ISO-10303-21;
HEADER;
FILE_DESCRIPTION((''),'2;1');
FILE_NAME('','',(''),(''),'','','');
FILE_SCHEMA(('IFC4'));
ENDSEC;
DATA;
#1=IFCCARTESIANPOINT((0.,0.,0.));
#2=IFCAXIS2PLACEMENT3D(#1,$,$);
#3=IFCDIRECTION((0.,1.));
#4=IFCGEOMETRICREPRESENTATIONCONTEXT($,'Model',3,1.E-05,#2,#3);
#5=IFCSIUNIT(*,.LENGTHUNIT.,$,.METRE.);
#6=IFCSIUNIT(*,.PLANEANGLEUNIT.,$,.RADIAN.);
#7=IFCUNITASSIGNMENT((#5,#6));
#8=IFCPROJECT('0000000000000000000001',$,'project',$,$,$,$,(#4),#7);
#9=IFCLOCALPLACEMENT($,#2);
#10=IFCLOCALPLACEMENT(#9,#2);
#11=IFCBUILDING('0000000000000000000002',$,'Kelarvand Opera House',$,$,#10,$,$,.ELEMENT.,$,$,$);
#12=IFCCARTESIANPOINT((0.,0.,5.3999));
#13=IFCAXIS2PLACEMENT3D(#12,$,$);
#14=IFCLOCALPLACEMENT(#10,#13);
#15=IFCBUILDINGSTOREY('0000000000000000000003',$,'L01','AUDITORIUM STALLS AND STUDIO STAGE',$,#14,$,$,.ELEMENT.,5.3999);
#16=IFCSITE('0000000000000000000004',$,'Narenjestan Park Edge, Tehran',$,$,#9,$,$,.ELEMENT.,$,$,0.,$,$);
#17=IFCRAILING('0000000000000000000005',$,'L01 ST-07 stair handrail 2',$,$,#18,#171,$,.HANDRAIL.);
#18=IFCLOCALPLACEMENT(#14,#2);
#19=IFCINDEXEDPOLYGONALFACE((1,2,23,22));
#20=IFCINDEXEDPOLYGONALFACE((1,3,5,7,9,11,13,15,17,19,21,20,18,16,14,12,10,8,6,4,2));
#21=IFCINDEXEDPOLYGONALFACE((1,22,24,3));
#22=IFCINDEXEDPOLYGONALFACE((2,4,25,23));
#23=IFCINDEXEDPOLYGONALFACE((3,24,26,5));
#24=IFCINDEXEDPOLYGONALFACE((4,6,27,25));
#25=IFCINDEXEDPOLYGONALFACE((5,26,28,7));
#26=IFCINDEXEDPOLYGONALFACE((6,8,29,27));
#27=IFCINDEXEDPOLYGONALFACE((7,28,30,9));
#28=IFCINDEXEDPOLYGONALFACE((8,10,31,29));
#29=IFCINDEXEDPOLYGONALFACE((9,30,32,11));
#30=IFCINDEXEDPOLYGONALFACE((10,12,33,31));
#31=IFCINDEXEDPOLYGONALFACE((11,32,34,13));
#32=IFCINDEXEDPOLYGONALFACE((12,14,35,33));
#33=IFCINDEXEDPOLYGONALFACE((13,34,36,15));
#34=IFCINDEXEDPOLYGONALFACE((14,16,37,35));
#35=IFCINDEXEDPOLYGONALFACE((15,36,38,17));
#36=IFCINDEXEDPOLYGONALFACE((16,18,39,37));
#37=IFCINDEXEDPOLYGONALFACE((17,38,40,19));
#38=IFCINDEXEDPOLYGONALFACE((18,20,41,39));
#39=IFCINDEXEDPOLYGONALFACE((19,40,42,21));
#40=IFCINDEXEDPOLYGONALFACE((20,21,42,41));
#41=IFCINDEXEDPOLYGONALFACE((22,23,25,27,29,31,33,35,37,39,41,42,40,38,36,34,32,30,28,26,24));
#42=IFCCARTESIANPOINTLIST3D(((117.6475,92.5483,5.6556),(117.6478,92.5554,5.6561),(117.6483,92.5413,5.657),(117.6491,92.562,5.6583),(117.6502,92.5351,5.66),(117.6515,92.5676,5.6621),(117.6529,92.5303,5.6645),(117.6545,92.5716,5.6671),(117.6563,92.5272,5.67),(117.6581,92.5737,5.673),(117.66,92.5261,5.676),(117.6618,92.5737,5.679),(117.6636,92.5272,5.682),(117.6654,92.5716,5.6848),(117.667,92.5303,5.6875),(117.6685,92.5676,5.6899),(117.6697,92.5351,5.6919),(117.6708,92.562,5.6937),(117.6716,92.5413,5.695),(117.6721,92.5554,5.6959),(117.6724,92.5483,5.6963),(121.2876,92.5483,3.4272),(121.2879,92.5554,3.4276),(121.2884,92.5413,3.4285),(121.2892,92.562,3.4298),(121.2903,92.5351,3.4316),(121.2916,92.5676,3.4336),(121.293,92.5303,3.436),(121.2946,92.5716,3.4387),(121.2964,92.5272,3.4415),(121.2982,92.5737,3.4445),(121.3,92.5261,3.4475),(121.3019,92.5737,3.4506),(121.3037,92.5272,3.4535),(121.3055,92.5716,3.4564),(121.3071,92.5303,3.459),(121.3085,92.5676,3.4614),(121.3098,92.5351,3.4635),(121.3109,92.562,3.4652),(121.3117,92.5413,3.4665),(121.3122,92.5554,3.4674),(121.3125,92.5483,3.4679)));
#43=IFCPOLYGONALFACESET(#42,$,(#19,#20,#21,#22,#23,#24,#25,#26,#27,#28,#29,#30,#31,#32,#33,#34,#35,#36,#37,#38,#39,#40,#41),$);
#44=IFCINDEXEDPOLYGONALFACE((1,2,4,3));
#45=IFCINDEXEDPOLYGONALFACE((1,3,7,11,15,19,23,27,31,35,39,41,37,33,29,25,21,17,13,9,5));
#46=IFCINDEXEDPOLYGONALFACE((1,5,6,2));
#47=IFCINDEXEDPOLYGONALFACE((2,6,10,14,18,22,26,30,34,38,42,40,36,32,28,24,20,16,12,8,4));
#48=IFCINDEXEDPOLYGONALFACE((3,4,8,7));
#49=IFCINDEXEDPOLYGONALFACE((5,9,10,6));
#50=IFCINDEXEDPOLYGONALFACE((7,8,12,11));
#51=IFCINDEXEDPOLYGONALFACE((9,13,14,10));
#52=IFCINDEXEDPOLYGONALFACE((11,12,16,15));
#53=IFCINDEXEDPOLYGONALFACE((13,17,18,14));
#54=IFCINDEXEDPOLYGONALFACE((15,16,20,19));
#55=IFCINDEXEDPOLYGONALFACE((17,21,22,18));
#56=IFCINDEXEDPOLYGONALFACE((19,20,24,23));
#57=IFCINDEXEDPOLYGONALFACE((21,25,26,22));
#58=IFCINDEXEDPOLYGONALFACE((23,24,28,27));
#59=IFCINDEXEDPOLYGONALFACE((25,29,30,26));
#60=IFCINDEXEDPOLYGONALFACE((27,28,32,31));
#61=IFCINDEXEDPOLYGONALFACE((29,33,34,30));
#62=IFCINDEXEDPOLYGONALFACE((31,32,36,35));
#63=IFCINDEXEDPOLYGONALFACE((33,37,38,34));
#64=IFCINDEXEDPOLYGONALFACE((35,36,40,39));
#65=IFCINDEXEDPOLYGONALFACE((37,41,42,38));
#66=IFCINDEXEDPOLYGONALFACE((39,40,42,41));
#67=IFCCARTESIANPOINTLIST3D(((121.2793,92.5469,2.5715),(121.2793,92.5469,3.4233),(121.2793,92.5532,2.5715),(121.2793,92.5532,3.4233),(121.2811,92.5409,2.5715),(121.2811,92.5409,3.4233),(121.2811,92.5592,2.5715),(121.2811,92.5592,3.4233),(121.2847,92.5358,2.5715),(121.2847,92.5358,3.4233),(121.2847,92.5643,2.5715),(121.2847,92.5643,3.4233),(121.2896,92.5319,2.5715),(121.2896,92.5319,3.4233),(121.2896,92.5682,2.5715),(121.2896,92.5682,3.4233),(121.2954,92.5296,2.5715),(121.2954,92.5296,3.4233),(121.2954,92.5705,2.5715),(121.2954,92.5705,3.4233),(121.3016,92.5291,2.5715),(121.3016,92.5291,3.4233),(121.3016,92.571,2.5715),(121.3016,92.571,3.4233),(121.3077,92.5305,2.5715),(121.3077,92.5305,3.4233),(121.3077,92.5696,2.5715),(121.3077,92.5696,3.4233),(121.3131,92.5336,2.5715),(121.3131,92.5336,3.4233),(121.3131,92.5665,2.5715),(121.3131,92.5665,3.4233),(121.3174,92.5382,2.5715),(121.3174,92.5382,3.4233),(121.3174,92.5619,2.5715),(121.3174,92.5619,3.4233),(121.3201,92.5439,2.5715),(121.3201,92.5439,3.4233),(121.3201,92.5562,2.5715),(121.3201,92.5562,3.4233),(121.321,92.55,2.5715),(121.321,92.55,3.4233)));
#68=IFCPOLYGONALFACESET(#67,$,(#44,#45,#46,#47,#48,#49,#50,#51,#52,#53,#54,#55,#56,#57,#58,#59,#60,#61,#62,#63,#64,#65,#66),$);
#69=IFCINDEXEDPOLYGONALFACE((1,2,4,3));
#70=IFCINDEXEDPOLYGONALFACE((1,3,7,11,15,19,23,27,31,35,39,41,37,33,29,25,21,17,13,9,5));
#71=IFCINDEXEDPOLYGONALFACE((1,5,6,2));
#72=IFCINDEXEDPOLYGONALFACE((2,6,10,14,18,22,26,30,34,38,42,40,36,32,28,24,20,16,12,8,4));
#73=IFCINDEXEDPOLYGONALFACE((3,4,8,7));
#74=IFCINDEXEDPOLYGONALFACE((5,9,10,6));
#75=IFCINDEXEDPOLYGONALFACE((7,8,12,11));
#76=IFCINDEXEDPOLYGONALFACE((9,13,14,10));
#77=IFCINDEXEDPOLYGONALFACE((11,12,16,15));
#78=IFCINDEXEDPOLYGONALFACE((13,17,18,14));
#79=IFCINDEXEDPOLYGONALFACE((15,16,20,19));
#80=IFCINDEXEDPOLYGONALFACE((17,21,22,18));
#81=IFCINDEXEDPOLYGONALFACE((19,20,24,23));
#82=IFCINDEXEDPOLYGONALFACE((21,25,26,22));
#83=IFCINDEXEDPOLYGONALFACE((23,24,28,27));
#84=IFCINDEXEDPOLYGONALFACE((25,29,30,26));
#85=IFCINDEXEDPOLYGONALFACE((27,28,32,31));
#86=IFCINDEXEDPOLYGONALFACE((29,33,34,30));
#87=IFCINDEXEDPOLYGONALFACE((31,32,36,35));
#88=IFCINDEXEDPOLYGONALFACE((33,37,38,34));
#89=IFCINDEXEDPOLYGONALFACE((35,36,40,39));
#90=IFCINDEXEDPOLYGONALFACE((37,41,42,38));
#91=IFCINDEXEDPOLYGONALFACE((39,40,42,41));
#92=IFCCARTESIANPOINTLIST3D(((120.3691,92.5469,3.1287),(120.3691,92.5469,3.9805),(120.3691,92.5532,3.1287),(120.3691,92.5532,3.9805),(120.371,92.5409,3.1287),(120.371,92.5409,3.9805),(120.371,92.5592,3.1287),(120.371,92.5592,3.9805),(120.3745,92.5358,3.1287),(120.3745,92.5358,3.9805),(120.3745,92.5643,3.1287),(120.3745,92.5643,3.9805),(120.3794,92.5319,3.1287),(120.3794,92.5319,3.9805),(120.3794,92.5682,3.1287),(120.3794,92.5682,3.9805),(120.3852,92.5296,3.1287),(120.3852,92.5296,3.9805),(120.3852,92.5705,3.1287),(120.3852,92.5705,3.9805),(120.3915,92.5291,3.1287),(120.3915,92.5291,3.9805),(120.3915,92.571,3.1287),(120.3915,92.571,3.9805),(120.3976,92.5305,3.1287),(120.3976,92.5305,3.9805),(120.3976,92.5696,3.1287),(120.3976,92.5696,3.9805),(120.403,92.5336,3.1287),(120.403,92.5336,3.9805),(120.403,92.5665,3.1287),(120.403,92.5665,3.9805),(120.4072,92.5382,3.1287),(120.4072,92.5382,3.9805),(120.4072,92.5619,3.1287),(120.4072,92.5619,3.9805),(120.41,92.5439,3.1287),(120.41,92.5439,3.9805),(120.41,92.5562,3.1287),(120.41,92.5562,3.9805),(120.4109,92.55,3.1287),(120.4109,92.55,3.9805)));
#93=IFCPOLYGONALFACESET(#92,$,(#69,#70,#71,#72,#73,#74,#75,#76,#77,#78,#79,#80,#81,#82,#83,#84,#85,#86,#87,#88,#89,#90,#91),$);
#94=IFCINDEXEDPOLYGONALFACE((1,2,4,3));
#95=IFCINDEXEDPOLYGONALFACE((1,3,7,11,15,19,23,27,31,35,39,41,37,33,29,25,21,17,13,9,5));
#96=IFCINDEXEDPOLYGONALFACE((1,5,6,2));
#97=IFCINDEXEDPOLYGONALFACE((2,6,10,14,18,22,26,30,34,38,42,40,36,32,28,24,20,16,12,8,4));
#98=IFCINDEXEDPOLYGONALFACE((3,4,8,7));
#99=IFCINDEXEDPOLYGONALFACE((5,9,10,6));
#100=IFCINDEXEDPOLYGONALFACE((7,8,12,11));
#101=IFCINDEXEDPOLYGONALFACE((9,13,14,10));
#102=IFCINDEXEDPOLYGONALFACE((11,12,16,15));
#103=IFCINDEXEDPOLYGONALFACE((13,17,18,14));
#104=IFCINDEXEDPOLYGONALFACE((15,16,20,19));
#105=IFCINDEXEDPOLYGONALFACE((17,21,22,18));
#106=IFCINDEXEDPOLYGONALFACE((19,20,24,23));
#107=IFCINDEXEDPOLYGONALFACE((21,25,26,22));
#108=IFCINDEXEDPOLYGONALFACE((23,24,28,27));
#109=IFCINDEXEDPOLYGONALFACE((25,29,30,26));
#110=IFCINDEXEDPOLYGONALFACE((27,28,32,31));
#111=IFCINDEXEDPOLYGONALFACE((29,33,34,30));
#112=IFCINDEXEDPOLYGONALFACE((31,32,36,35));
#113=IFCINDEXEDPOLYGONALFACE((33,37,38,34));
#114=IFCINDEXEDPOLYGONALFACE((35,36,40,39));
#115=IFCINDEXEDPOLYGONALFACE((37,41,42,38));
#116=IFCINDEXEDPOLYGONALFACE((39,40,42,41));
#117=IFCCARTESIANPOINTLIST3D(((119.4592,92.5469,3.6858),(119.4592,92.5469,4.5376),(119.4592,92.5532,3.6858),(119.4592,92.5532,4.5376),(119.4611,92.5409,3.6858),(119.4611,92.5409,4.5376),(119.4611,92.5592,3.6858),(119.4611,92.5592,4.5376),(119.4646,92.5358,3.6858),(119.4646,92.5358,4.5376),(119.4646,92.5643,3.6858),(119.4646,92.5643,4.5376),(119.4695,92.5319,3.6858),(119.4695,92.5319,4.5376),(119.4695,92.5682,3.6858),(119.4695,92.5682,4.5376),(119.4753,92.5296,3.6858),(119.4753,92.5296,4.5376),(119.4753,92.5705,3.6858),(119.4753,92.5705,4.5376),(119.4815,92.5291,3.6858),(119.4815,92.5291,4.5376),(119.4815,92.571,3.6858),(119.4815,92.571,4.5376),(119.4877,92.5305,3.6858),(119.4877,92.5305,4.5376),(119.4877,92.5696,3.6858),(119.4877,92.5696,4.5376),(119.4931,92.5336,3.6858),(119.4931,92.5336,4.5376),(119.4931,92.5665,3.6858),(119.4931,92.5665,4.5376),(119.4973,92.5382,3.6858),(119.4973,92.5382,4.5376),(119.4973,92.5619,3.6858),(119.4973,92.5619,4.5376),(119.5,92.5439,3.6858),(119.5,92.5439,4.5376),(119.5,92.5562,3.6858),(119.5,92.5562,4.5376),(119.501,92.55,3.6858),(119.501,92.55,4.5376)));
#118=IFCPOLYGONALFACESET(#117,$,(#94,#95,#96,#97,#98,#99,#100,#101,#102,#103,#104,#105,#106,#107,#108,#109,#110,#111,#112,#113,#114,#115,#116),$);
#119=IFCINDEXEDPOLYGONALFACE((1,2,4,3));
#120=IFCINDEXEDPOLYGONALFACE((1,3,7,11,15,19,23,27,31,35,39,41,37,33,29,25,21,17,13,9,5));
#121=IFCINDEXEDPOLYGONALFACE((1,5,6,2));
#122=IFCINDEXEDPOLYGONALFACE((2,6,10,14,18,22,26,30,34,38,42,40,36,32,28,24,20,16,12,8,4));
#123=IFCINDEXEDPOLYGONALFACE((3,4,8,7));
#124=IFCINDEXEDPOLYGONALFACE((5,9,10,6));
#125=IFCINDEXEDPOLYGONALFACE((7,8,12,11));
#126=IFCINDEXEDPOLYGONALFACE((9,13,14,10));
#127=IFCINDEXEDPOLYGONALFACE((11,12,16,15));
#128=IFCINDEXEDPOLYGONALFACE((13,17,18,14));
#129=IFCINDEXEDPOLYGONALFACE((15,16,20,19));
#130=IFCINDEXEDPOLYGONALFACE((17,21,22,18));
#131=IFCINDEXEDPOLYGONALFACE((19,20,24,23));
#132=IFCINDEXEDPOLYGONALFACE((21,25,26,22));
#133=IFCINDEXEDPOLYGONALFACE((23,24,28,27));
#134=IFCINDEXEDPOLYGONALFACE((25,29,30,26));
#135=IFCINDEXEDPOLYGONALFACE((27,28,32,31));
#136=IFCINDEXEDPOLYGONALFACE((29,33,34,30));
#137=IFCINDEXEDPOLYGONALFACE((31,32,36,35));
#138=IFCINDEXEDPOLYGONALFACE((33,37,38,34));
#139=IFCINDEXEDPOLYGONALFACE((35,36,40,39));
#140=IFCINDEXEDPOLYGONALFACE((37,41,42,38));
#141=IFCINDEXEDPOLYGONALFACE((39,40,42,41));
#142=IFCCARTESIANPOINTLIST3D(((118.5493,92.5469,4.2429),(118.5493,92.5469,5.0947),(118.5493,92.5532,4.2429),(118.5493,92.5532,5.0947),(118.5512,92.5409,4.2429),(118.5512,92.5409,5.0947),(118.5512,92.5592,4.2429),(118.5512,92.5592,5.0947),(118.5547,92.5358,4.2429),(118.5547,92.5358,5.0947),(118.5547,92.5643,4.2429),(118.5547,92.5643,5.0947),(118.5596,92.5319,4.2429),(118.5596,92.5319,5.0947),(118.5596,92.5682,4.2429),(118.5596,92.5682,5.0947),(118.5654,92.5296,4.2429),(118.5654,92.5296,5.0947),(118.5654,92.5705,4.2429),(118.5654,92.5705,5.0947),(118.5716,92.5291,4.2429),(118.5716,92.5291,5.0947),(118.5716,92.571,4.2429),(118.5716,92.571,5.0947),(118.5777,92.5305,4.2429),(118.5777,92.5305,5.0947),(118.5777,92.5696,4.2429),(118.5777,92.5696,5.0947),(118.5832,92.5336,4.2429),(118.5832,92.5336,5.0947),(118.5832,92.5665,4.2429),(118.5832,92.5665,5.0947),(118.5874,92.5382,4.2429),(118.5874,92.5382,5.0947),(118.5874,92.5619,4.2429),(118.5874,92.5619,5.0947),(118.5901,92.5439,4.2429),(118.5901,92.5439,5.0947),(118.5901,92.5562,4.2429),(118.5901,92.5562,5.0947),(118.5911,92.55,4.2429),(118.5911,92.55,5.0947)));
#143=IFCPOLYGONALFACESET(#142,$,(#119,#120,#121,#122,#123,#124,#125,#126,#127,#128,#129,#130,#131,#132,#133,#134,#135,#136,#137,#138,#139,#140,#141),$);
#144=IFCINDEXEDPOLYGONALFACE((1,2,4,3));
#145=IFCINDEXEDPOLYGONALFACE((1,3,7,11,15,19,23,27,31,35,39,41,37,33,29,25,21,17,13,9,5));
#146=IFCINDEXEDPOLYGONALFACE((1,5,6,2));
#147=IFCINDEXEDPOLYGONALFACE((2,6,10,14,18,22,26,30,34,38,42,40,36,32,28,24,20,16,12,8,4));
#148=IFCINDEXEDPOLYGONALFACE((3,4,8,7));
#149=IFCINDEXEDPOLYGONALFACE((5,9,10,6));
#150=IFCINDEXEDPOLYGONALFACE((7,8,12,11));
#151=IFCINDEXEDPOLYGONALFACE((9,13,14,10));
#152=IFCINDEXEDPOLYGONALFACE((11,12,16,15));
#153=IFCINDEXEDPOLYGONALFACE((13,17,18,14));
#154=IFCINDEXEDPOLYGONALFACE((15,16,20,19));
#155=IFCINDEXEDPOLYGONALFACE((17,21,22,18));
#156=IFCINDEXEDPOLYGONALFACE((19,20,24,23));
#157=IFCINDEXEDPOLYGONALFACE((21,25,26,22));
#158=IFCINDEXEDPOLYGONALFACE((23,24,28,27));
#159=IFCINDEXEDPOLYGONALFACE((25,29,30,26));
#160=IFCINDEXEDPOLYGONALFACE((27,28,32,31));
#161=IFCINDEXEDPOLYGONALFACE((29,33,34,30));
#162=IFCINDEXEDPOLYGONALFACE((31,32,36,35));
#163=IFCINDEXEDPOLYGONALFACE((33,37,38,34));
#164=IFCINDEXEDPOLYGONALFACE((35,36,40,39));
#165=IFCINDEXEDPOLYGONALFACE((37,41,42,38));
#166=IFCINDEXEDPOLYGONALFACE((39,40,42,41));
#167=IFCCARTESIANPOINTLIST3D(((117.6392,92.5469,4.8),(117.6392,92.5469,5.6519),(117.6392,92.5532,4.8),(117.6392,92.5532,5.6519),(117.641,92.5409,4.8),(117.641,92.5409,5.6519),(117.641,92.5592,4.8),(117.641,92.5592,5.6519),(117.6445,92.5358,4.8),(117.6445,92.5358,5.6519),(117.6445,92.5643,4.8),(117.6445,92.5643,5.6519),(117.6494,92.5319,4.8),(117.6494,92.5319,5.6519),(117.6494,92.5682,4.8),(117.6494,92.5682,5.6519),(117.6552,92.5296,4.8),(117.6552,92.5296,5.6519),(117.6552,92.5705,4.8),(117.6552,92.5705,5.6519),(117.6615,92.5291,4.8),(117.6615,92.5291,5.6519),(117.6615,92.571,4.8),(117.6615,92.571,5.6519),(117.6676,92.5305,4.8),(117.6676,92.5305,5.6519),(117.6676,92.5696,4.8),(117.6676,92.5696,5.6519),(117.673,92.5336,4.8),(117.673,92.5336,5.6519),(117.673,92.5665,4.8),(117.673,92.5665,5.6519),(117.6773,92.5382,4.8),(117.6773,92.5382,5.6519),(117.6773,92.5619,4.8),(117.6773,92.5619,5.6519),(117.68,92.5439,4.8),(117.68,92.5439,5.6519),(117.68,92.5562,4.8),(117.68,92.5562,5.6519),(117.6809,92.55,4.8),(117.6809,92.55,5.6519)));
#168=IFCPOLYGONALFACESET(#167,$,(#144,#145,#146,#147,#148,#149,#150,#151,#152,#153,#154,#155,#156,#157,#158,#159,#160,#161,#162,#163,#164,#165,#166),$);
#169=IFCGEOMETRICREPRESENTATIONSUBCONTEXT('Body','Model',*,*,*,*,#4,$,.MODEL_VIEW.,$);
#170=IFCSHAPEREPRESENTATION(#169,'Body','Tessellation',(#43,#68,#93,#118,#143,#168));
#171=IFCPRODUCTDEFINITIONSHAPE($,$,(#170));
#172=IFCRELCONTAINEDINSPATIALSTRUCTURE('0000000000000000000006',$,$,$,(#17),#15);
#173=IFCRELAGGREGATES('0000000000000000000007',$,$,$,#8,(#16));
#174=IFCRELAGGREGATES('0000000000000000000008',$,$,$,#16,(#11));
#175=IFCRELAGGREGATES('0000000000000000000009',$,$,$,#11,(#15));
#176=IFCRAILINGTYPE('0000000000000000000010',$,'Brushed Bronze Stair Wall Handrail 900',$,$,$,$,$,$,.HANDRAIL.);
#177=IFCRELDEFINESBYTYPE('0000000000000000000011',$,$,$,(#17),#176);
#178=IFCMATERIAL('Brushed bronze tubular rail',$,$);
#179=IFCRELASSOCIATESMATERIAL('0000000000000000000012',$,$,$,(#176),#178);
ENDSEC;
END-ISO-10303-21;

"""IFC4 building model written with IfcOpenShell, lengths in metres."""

from ifc_helpers import new_model, si_unit, direction, frame, origin, origin_2d, place, context, subcontext, project, spatial, circle, extrude, material, type_object, element, save


model = new_model("IFC4")

# Units and contexts
model_context = context("Model", 3, precision=1e-05, world=origin(), true_north=direction((0.0, 1.0)))
body_context = subcontext(model_context, "Body", "Model", "MODEL_VIEW")
ifc_project = project(units=[si_unit("LENGTHUNIT", "METRE"), si_unit("PLANEANGLEUNIT", "RADIAN")], contexts=[model_context])

# Site, building, storey
site_placement = place(None, origin())
site = spatial("IfcSite", under=ifc_project, at=site_placement, Name="Narenjestan Park Edge, Tehran", CompositionType="ELEMENT", RefElevation=0.0)
building_placement = place(site_placement, origin())
building = spatial("IfcBuilding", under=site, at=building_placement, Name="Kelarvand Opera House", CompositionType="ELEMENT")
storey_placement = place(building_placement, frame((0.0, 0.0, 5.3999)))
storey = spatial("IfcBuildingStorey", under=building, at=storey_placement, Name="L01", Description="AUDITORIUM STALLS AND STUDIO STAGE", CompositionType="ELEMENT", Elevation=5.3999)

# Railing
ifc_material_1 = material(Name="Brushed bronze tubular rail")
railing_type_1 = type_object("IfcRailingType", Name="Brushed Bronze Stair Wall Handrail 900", PredefinedType="HANDRAIL", material=ifc_material_1)
railing_1_placement = place(storey_placement, frame((121.3, 92.55, 2.5715)))
element("IfcRailing", 1, at=railing_1_placement, inside=storey, type_object=railing_type_1, Name="L01 ST-07 stair handrail 2", PredefinedType="HANDRAIL", context=body_context, shape_type="SweptSolid", body=[
    extrude(circle(Radius=0.0239, at=origin_2d()), frame((0.0, 0.0, 0.876), z_axis=(-0.852866, 0.0, 0.52213), x_axis=(0.0, -1.0, 0.0)), (0.0, 0.0, 1.0), 4.2681),
    extrude(circle(Radius=0.021, at=origin_2d()), origin(), (0.0, 0.0, 1.0), 0.8518),
    extrude(circle(Radius=0.021, at=origin_2d()), frame((-0.9102, 0.0, 0.5571)), (0.0, 0.0, 1.0), 0.8518),
    extrude(circle(Radius=0.021, at=origin_2d()), frame((-1.8201, 0.0, 1.1143)), (0.0, 0.0, 1.0), 0.8518),
    extrude(circle(Radius=0.021, at=origin_2d()), frame((-2.73, 0.0, 1.6714)), (0.0, 0.0, 1.0), 0.8518),
    extrude(circle(Radius=0.021, at=origin_2d()), frame((-3.6401, 0.0, 2.2285)), (0.0, 0.0, 1.0), 0.8518),
])

save(model, "model.ifc")
